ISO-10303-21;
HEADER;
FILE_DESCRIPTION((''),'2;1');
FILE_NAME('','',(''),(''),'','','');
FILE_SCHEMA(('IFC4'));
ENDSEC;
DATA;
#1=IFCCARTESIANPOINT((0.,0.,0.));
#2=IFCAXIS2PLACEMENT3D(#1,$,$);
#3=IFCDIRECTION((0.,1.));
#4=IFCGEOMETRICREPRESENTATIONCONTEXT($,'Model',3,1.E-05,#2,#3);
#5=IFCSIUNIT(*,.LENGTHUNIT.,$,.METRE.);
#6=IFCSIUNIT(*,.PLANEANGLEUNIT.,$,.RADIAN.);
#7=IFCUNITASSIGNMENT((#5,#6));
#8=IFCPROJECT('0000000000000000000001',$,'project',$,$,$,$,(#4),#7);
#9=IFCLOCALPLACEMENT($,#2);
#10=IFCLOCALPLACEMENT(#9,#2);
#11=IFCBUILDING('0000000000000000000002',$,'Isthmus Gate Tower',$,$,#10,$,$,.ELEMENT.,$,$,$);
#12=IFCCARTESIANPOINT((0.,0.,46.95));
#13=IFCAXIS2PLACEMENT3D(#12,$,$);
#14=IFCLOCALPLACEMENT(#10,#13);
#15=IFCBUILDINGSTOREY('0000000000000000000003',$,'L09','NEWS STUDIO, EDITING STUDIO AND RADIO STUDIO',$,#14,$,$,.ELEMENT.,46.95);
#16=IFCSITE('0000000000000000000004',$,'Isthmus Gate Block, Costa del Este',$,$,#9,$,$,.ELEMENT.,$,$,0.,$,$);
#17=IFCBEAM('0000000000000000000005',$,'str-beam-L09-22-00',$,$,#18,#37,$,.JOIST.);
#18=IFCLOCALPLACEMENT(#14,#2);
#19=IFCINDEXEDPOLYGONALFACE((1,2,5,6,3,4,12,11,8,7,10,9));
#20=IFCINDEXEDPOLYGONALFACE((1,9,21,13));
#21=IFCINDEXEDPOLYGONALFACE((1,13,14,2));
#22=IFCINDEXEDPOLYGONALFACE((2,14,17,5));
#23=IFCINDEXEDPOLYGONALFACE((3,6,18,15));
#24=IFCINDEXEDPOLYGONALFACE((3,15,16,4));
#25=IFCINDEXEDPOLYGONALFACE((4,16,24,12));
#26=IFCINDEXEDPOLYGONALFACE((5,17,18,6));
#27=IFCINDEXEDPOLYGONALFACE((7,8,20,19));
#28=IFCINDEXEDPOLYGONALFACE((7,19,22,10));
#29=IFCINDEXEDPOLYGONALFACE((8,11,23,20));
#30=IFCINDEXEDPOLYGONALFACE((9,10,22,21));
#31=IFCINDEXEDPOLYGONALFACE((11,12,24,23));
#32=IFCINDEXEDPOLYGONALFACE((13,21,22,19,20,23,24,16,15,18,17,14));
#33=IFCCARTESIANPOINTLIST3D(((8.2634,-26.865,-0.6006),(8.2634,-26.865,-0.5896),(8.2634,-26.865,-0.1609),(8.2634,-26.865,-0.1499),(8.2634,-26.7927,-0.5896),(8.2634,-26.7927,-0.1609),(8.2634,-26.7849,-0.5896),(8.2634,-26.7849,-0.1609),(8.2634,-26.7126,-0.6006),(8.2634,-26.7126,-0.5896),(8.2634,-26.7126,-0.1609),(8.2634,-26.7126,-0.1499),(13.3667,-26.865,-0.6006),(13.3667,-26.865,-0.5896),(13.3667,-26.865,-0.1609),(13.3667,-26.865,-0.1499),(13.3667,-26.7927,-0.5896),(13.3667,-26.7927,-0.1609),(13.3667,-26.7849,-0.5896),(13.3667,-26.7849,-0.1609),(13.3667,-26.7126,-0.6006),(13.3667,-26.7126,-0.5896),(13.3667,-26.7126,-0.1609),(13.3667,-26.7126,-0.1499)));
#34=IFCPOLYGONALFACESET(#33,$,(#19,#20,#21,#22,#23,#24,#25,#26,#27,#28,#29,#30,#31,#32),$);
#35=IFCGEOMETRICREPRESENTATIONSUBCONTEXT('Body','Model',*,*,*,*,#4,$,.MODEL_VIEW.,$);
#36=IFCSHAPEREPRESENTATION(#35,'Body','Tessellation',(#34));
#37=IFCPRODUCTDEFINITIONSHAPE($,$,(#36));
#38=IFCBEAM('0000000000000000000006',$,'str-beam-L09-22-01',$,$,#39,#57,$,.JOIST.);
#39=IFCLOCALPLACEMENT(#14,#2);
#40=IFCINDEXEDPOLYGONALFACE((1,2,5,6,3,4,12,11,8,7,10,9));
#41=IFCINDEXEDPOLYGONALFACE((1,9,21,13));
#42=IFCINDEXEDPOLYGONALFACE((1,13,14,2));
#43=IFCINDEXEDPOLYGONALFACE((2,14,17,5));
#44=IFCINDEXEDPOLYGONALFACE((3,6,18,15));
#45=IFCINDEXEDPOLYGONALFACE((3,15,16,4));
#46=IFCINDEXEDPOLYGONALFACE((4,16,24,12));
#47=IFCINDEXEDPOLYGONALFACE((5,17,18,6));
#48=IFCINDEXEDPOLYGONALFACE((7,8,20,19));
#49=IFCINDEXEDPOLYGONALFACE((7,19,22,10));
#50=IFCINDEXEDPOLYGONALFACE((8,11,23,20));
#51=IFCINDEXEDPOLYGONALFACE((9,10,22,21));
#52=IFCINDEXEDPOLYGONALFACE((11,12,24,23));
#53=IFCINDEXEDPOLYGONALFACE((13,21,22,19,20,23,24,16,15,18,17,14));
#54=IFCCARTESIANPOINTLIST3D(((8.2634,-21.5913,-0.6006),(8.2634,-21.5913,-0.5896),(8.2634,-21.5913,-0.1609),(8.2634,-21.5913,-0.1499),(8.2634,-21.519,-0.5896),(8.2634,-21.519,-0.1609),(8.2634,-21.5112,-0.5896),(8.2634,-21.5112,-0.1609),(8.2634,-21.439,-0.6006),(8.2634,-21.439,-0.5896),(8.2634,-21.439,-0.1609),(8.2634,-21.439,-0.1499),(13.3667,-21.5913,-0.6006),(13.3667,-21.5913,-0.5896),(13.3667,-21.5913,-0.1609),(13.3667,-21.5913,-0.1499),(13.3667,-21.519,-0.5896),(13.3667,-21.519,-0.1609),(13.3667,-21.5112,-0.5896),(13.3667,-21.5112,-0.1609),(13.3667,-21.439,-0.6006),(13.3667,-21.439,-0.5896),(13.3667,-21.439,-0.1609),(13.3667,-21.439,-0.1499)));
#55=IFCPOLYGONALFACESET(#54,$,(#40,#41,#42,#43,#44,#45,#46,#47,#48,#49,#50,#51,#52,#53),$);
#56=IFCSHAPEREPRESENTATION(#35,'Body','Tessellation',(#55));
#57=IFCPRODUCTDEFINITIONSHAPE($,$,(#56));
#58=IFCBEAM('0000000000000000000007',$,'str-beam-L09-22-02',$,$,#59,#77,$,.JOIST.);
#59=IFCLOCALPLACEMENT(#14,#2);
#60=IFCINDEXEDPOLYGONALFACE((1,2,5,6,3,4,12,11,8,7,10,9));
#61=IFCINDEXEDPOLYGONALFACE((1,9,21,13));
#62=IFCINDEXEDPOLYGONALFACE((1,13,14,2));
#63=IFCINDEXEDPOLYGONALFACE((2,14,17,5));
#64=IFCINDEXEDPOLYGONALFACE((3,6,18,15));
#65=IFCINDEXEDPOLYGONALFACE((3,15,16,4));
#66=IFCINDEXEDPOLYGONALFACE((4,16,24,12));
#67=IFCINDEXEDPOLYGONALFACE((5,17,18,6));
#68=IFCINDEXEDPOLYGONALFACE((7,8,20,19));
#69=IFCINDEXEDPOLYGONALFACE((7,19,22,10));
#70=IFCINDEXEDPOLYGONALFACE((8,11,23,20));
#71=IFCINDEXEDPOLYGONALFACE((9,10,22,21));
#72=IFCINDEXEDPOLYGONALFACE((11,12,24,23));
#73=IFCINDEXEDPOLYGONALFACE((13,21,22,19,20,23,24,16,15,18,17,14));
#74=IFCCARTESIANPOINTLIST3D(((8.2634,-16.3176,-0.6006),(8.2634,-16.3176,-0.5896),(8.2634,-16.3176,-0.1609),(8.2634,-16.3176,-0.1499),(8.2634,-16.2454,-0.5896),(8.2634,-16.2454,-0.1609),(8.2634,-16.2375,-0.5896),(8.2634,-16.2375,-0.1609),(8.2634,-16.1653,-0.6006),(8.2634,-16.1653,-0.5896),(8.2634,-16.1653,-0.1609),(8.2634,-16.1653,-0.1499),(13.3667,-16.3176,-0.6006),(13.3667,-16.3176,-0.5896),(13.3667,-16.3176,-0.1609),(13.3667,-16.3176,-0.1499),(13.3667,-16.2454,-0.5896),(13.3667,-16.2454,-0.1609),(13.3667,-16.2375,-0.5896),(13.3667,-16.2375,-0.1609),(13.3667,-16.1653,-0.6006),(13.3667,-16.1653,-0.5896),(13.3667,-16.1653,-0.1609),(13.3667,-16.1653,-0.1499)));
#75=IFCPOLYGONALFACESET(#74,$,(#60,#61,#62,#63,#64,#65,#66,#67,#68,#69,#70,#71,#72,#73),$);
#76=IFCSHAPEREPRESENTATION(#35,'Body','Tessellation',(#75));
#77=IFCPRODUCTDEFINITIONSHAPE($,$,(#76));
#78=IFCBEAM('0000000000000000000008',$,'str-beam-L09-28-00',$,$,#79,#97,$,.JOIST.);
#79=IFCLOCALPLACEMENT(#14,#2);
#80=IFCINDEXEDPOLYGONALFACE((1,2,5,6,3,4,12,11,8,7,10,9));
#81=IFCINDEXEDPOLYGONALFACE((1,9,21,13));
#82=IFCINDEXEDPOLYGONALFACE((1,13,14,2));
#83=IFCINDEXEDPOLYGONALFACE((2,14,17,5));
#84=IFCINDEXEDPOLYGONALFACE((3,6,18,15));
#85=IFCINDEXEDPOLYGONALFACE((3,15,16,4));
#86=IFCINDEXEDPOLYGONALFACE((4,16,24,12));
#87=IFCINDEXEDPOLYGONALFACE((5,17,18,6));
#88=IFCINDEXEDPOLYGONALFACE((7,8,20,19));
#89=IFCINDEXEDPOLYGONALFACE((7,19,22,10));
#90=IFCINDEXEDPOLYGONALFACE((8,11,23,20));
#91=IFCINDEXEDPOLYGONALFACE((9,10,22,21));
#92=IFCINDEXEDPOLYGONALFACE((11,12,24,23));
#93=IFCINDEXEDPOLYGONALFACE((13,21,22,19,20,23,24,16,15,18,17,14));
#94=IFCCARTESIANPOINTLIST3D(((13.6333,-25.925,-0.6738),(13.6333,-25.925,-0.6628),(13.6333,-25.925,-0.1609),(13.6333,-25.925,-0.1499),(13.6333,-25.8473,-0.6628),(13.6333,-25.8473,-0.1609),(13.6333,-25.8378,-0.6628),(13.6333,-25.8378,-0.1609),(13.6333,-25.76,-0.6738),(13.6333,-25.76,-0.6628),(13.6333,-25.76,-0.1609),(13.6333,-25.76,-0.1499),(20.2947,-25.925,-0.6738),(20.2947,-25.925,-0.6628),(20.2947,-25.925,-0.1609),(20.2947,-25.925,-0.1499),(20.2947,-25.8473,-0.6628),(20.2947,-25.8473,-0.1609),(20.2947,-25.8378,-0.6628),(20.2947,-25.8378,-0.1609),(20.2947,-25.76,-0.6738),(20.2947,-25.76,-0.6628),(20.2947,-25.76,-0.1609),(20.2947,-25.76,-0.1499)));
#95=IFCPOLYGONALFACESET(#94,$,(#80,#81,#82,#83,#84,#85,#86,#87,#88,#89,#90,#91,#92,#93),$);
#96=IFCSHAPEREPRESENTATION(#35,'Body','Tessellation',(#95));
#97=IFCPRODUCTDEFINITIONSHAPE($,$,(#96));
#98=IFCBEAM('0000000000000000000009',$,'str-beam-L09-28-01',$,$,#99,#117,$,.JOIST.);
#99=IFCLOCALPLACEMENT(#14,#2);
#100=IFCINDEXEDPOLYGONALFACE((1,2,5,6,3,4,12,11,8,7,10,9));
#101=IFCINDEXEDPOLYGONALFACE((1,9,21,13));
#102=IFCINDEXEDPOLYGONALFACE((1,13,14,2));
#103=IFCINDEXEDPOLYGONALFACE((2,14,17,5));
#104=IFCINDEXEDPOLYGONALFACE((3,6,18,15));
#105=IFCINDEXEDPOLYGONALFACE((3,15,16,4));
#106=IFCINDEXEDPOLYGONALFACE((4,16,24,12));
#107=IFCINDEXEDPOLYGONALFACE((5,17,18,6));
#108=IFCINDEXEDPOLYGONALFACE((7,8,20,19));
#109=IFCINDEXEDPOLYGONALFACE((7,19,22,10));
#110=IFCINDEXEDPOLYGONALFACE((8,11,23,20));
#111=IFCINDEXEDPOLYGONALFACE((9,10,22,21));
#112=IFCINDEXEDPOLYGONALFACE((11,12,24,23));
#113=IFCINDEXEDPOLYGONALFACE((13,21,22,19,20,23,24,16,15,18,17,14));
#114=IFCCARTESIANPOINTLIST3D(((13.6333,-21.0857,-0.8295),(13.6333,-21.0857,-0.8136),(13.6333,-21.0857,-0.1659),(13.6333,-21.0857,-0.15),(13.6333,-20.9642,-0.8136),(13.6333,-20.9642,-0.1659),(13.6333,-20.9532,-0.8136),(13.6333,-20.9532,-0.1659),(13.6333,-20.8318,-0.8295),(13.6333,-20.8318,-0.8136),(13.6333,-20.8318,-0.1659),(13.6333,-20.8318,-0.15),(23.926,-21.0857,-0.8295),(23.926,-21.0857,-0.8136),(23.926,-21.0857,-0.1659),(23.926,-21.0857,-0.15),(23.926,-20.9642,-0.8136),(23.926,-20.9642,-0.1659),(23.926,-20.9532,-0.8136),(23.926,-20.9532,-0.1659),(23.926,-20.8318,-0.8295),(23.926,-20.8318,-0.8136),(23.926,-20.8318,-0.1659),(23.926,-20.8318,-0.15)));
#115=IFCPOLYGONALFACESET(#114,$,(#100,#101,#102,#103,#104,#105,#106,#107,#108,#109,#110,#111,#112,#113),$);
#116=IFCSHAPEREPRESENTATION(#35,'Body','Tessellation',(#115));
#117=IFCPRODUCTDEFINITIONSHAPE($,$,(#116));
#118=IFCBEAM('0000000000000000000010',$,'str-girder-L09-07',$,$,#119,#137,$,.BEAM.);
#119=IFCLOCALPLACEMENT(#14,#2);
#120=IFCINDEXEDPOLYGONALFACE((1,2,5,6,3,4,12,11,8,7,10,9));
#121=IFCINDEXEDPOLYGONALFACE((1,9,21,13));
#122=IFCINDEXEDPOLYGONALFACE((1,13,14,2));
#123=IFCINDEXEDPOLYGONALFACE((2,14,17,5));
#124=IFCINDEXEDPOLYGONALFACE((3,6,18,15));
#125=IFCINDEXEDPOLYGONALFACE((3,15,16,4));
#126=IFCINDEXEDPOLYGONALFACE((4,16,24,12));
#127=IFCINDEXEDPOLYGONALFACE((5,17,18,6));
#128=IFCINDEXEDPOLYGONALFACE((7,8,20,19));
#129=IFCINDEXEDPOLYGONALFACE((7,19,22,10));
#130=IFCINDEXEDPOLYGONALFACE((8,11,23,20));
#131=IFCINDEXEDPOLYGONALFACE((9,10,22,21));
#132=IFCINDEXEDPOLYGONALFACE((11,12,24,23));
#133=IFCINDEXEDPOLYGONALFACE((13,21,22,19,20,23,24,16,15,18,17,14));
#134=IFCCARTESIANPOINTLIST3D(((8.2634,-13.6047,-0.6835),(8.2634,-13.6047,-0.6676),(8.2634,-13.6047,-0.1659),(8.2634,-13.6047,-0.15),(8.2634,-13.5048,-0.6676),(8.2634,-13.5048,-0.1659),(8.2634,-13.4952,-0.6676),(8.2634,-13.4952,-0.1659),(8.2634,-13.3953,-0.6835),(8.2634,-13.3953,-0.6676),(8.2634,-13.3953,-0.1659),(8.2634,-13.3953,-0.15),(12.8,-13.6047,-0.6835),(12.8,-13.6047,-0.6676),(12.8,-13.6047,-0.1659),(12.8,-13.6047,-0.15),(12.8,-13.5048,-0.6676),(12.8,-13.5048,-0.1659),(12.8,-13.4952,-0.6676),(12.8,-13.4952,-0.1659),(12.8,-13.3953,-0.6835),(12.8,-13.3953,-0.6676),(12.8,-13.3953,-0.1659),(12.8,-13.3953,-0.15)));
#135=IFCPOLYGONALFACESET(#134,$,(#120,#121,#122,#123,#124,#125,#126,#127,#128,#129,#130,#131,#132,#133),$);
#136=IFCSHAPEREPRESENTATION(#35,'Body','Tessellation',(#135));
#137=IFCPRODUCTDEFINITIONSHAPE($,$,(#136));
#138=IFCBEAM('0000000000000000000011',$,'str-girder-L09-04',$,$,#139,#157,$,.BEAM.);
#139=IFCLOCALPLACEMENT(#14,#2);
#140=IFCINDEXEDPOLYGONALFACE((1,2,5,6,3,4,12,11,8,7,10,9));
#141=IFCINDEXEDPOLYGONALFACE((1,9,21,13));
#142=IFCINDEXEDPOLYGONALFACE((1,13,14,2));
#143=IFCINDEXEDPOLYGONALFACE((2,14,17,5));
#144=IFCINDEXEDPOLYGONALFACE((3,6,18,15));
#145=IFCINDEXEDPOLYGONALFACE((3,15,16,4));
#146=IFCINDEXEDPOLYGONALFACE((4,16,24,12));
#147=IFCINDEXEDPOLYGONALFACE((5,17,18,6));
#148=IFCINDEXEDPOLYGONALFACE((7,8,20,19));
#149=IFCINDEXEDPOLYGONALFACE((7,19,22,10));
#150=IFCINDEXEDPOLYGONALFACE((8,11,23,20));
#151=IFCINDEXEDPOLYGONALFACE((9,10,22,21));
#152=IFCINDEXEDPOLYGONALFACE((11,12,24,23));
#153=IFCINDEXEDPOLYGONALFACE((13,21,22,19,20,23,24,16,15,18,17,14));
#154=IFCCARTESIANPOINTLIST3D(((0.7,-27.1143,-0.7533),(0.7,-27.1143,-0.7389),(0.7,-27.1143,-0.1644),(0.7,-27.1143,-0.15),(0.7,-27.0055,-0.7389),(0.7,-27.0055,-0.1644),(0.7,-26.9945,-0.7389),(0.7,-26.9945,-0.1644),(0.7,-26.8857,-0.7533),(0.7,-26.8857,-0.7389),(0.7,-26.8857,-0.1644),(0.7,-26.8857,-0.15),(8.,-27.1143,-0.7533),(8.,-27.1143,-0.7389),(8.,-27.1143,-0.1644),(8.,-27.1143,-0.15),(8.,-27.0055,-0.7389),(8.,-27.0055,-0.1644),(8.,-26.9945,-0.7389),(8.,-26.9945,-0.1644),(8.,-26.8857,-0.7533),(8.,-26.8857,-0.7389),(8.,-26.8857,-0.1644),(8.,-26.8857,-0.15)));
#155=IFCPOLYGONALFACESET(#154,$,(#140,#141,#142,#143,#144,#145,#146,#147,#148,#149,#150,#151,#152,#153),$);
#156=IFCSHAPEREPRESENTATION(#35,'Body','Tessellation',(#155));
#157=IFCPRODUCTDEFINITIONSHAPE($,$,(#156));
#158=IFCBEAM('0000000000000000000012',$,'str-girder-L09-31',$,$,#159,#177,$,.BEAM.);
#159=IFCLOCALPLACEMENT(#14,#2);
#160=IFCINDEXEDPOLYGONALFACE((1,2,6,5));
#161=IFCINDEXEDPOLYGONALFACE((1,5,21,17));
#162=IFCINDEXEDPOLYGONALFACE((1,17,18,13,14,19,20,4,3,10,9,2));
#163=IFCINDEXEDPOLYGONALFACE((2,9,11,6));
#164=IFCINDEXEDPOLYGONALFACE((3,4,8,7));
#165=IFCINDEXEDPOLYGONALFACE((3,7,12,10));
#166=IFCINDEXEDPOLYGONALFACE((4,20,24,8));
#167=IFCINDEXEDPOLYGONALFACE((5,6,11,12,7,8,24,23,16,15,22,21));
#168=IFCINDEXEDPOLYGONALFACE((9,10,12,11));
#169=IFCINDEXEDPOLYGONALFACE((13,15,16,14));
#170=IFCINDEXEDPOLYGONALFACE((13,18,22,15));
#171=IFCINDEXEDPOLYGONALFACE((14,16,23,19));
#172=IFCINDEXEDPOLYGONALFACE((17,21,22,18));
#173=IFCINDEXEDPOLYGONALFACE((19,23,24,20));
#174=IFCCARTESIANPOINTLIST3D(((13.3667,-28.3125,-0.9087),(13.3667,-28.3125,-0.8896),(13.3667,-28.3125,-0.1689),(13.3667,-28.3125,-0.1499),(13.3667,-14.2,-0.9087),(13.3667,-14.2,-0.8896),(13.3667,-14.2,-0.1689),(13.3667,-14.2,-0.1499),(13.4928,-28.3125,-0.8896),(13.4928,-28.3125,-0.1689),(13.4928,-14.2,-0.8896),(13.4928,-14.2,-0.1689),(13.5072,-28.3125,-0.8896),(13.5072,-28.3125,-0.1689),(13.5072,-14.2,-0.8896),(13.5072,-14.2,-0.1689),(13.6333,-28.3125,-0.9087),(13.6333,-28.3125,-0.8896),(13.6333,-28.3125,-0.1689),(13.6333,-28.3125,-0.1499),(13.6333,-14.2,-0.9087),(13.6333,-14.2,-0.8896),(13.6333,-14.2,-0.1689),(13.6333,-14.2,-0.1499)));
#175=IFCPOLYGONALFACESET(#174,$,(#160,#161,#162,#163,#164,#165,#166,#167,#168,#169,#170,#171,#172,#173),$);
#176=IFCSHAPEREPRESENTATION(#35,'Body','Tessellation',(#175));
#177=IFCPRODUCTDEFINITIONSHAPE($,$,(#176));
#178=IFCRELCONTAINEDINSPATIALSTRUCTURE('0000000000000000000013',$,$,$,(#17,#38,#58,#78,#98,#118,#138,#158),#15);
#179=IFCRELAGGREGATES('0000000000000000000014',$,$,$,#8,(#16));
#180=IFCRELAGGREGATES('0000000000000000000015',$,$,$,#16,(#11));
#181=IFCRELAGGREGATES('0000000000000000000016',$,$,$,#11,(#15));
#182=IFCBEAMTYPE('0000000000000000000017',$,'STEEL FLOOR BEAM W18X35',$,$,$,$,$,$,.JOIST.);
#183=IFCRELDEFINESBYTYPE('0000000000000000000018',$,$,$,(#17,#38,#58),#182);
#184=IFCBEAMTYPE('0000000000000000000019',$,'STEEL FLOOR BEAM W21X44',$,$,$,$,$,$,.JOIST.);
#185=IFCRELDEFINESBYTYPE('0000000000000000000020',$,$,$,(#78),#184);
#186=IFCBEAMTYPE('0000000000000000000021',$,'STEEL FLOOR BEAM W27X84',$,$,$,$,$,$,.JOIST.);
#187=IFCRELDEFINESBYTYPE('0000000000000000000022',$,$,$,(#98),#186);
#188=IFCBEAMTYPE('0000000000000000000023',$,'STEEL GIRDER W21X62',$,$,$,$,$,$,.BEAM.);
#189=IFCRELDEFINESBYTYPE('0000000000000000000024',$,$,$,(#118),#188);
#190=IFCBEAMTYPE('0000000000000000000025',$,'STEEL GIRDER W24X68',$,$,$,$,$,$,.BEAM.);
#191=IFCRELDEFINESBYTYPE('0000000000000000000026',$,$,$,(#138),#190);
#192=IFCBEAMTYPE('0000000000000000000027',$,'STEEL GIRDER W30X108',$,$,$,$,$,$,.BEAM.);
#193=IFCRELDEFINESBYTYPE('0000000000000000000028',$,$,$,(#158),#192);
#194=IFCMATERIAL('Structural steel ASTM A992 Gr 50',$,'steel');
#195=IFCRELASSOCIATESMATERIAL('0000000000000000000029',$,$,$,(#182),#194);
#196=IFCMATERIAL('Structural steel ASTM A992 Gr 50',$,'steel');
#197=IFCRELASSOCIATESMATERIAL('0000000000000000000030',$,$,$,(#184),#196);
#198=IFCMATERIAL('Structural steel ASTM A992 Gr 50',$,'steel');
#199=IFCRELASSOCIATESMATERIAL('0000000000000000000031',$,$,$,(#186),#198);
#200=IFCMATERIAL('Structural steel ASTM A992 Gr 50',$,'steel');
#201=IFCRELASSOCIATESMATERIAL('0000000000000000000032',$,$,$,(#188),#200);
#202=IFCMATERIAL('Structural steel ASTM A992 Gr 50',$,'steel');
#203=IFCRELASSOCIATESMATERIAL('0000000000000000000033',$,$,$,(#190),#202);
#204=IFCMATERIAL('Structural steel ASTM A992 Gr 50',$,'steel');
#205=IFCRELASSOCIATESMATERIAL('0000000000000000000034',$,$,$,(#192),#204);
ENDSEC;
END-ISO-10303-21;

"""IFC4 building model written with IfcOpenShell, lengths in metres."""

from ifc_helpers import new_model, si_unit, direction, frame, origin, origin_2d, place, context, subcontext, project, spatial, i_section, extrude, material, material_profile, profile_set, type_object, element, save


model = new_model("IFC4")

# Units and contexts
model_context = context("Model", 3, precision=1e-05, world=origin(), true_north=direction((0.0, 1.0)))
body_context = subcontext(model_context, "Body", "Model", "MODEL_VIEW")
ifc_project = project(units=[si_unit("LENGTHUNIT", "METRE"), si_unit("PLANEANGLEUNIT", "RADIAN")], contexts=[model_context])

# Site, building, storey
site_placement = place(None, origin())
site = spatial("IfcSite", under=ifc_project, at=site_placement, Name="Isthmus Gate Block, Costa del Este", CompositionType="ELEMENT", RefElevation=0.0)
building_placement = place(site_placement, origin())
building = spatial("IfcBuilding", under=site, at=building_placement, Name="Isthmus Gate Tower", CompositionType="ELEMENT")
storey_placement = place(building_placement, frame((0.0, 0.0, 46.95)))
storey = spatial("IfcBuildingStorey", under=building, at=storey_placement, Name="L09", Description="NEWS STUDIO, EDITING STUDIO AND RADIO STUDIO", CompositionType="ELEMENT", Elevation=46.95)

# Beams
ifc_material_1 = material(Name="Structural steel ASTM A992 Gr 50", Category="steel")
ifc_material_profile_1 = material_profile(ifc_material_1, i_section(OverallWidth=0.1523, OverallDepth=0.4507, WebThickness=0.0078, FlangeThickness=0.011, at=origin_2d()), Name="W18X35")
ifc_profile_set_1 = profile_set([ifc_material_profile_1], Name="Structural steel ASTM A992 Gr 50")
beam_type_1 = type_object("IfcBeamType", Name="STEEL FLOOR BEAM W18X35", PredefinedType="JOIST", material=ifc_profile_set_1)
for number, where, z_axis, x_axis, name in (
    (1, (8.2634, -26.7888, -0.3752), (1.0, 0.0, 0.0), (0.0, 1.0, 0.0), "str-beam-L09-22-00"),
    (2, (8.2634, -21.5151, -0.3752), (1.0, 0.0, 0.0), (0.0, 1.0, 0.0), "str-beam-L09-22-01"),
    (3, (8.2634, -16.2415, -0.3752), (1.0, 0.0, 0.0), (0.0, 1.0, 0.0), "str-beam-L09-22-02"),
):
    element("IfcBeam", number, at=place(storey_placement, frame(where, z_axis=z_axis, x_axis=x_axis)), inside=storey, type_object=beam_type_1, Name=name, PredefinedType="JOIST", context=body_context, shape_type="SweptSolid", body=[
        extrude(i_section(OverallWidth=0.1523, OverallDepth=0.4507, WebThickness=0.0078, FlangeThickness=0.011, at=origin_2d()), origin(), (0.0, 0.0, 1.0), 5.1033),
    ])
ifc_material_2 = material(Name="Structural steel ASTM A992 Gr 50", Category="steel")
ifc_material_profile_2 = material_profile(ifc_material_2, i_section(OverallWidth=0.165, OverallDepth=0.5239, WebThickness=0.0095, FlangeThickness=0.011, at=origin_2d()), Name="W21X44")
ifc_profile_set_2 = profile_set([ifc_material_profile_2], Name="Structural steel ASTM A992 Gr 50")
beam_type_2 = type_object("IfcBeamType", Name="STEEL FLOOR BEAM W21X44", PredefinedType="JOIST", material=ifc_profile_set_2)
beam_1_placement = place(storey_placement, frame((13.6333, -25.8425, -0.4119), z_axis=(1.0, 0.0, 0.0), x_axis=(0.0, 1.0, 0.0)))
element("IfcBeam", 4, at=beam_1_placement, inside=storey, type_object=beam_type_2, Name="str-beam-L09-28-00", PredefinedType="JOIST", context=body_context, shape_type="SweptSolid", body=[
    extrude(i_section(OverallWidth=0.165, OverallDepth=0.5239, WebThickness=0.0095, FlangeThickness=0.011, at=origin_2d()), origin(), (0.0, 0.0, 1.0), 6.6614),
])
ifc_material_3 = material(Name="Structural steel ASTM A992 Gr 50", Category="steel")
ifc_material_profile_3 = material_profile(ifc_material_3, i_section(OverallWidth=0.2539, OverallDepth=0.6794, WebThickness=0.011, FlangeThickness=0.0159, at=origin_2d()), Name="W27X84")
ifc_profile_set_3 = profile_set([ifc_material_profile_3], Name="Structural steel ASTM A992 Gr 50")
beam_type_3 = type_object("IfcBeamType", Name="STEEL FLOOR BEAM W27X84", PredefinedType="JOIST", material=ifc_profile_set_3)
beam_2_placement = place(storey_placement, frame((13.6333, -20.9587, -0.4897), z_axis=(1.0, 0.0, 0.0), x_axis=(0.0, 1.0, 0.0)))
element("IfcBeam", 5, at=beam_2_placement, inside=storey, type_object=beam_type_3, Name="str-beam-L09-28-01", PredefinedType="JOIST", context=body_context, shape_type="SweptSolid", body=[
    extrude(i_section(OverallWidth=0.2539, OverallDepth=0.6794, WebThickness=0.011, FlangeThickness=0.0159, at=origin_2d()), origin(), (0.0, 0.0, 1.0), 10.2927),
])
ifc_material_4 = material(Name="Structural steel ASTM A992 Gr 50", Category="steel")
ifc_material_profile_4 = material_profile(ifc_material_4, i_section(OverallWidth=0.2095, OverallDepth=0.5334, WebThickness=0.0095, FlangeThickness=0.0159, at=origin_2d()), Name="W21X62")
ifc_profile_set_4 = profile_set([ifc_material_profile_4], Name="Structural steel ASTM A992 Gr 50")
beam_type_4 = type_object("IfcBeamType", Name="STEEL GIRDER W21X62", PredefinedType="BEAM", material=ifc_profile_set_4)
beam_3_placement = place(storey_placement, frame((8.2634, -13.5, -0.4167), z_axis=(1.0, 0.0, 0.0), x_axis=(0.0, 1.0, 0.0)))
element("IfcBeam", 6, at=beam_3_placement, inside=storey, type_object=beam_type_4, Name="str-girder-L09-07", PredefinedType="BEAM", context=body_context, shape_type="SweptSolid", body=[
    extrude(i_section(OverallWidth=0.2095, OverallDepth=0.5334, WebThickness=0.0095, FlangeThickness=0.0159, at=origin_2d()), origin(), (0.0, 0.0, 1.0), 4.5366),
])
ifc_material_5 = material(Name="Structural steel ASTM A992 Gr 50", Category="steel")
ifc_material_profile_5 = material_profile(ifc_material_5, i_section(OverallWidth=0.2285, OverallDepth=0.6033, WebThickness=0.011, FlangeThickness=0.0144, at=origin_2d()), Name="W24X68")
ifc_profile_set_5 = profile_set([ifc_material_profile_5], Name="Structural steel ASTM A992 Gr 50")
beam_type_5 = type_object("IfcBeamType", Name="STEEL GIRDER W24X68", PredefinedType="BEAM", material=ifc_profile_set_5)
beam_4_placement = place(storey_placement, frame((0.7, -27.0, -0.4517), z_axis=(1.0, 0.0, 0.0), x_axis=(0.0, 1.0, 0.0)))
element("IfcBeam", 7, at=beam_4_placement, inside=storey, type_object=beam_type_5, Name="str-girder-L09-04", PredefinedType="BEAM", context=body_context, shape_type="SweptSolid", body=[
    extrude(i_section(OverallWidth=0.2285, OverallDepth=0.6033, WebThickness=0.011, FlangeThickness=0.0144, at=origin_2d()), origin(), (0.0, 0.0, 1.0), 7.3),
])
ifc_material_6 = material(Name="Structural steel ASTM A992 Gr 50", Category="steel")
ifc_material_profile_6 = material_profile(ifc_material_6, i_section(OverallWidth=0.2666, OverallDepth=0.7588, WebThickness=0.0144, FlangeThickness=0.019, at=origin_2d()), Name="W30X108")
ifc_profile_set_6 = profile_set([ifc_material_profile_6], Name="Structural steel ASTM A992 Gr 50")
beam_type_6 = type_object("IfcBeamType", Name="STEEL GIRDER W30X108", PredefinedType="BEAM", material=ifc_profile_set_6)
beam_5_placement = place(storey_placement, frame((13.5, -28.3125, -0.5293), z_axis=(0.0, 1.0, 0.0), x_axis=(-1.0, 0.0, 0.0)))
element("IfcBeam", 8, at=beam_5_placement, inside=storey, type_object=beam_type_6, Name="str-girder-L09-31", PredefinedType="BEAM", context=body_context, shape_type="SweptSolid", body=[
    extrude(i_section(OverallWidth=0.2666, OverallDepth=0.7588, WebThickness=0.0144, FlangeThickness=0.019, at=origin_2d()), origin(), (0.0, 0.0, 1.0), 14.1125),
])

save(model, "model.ifc")
